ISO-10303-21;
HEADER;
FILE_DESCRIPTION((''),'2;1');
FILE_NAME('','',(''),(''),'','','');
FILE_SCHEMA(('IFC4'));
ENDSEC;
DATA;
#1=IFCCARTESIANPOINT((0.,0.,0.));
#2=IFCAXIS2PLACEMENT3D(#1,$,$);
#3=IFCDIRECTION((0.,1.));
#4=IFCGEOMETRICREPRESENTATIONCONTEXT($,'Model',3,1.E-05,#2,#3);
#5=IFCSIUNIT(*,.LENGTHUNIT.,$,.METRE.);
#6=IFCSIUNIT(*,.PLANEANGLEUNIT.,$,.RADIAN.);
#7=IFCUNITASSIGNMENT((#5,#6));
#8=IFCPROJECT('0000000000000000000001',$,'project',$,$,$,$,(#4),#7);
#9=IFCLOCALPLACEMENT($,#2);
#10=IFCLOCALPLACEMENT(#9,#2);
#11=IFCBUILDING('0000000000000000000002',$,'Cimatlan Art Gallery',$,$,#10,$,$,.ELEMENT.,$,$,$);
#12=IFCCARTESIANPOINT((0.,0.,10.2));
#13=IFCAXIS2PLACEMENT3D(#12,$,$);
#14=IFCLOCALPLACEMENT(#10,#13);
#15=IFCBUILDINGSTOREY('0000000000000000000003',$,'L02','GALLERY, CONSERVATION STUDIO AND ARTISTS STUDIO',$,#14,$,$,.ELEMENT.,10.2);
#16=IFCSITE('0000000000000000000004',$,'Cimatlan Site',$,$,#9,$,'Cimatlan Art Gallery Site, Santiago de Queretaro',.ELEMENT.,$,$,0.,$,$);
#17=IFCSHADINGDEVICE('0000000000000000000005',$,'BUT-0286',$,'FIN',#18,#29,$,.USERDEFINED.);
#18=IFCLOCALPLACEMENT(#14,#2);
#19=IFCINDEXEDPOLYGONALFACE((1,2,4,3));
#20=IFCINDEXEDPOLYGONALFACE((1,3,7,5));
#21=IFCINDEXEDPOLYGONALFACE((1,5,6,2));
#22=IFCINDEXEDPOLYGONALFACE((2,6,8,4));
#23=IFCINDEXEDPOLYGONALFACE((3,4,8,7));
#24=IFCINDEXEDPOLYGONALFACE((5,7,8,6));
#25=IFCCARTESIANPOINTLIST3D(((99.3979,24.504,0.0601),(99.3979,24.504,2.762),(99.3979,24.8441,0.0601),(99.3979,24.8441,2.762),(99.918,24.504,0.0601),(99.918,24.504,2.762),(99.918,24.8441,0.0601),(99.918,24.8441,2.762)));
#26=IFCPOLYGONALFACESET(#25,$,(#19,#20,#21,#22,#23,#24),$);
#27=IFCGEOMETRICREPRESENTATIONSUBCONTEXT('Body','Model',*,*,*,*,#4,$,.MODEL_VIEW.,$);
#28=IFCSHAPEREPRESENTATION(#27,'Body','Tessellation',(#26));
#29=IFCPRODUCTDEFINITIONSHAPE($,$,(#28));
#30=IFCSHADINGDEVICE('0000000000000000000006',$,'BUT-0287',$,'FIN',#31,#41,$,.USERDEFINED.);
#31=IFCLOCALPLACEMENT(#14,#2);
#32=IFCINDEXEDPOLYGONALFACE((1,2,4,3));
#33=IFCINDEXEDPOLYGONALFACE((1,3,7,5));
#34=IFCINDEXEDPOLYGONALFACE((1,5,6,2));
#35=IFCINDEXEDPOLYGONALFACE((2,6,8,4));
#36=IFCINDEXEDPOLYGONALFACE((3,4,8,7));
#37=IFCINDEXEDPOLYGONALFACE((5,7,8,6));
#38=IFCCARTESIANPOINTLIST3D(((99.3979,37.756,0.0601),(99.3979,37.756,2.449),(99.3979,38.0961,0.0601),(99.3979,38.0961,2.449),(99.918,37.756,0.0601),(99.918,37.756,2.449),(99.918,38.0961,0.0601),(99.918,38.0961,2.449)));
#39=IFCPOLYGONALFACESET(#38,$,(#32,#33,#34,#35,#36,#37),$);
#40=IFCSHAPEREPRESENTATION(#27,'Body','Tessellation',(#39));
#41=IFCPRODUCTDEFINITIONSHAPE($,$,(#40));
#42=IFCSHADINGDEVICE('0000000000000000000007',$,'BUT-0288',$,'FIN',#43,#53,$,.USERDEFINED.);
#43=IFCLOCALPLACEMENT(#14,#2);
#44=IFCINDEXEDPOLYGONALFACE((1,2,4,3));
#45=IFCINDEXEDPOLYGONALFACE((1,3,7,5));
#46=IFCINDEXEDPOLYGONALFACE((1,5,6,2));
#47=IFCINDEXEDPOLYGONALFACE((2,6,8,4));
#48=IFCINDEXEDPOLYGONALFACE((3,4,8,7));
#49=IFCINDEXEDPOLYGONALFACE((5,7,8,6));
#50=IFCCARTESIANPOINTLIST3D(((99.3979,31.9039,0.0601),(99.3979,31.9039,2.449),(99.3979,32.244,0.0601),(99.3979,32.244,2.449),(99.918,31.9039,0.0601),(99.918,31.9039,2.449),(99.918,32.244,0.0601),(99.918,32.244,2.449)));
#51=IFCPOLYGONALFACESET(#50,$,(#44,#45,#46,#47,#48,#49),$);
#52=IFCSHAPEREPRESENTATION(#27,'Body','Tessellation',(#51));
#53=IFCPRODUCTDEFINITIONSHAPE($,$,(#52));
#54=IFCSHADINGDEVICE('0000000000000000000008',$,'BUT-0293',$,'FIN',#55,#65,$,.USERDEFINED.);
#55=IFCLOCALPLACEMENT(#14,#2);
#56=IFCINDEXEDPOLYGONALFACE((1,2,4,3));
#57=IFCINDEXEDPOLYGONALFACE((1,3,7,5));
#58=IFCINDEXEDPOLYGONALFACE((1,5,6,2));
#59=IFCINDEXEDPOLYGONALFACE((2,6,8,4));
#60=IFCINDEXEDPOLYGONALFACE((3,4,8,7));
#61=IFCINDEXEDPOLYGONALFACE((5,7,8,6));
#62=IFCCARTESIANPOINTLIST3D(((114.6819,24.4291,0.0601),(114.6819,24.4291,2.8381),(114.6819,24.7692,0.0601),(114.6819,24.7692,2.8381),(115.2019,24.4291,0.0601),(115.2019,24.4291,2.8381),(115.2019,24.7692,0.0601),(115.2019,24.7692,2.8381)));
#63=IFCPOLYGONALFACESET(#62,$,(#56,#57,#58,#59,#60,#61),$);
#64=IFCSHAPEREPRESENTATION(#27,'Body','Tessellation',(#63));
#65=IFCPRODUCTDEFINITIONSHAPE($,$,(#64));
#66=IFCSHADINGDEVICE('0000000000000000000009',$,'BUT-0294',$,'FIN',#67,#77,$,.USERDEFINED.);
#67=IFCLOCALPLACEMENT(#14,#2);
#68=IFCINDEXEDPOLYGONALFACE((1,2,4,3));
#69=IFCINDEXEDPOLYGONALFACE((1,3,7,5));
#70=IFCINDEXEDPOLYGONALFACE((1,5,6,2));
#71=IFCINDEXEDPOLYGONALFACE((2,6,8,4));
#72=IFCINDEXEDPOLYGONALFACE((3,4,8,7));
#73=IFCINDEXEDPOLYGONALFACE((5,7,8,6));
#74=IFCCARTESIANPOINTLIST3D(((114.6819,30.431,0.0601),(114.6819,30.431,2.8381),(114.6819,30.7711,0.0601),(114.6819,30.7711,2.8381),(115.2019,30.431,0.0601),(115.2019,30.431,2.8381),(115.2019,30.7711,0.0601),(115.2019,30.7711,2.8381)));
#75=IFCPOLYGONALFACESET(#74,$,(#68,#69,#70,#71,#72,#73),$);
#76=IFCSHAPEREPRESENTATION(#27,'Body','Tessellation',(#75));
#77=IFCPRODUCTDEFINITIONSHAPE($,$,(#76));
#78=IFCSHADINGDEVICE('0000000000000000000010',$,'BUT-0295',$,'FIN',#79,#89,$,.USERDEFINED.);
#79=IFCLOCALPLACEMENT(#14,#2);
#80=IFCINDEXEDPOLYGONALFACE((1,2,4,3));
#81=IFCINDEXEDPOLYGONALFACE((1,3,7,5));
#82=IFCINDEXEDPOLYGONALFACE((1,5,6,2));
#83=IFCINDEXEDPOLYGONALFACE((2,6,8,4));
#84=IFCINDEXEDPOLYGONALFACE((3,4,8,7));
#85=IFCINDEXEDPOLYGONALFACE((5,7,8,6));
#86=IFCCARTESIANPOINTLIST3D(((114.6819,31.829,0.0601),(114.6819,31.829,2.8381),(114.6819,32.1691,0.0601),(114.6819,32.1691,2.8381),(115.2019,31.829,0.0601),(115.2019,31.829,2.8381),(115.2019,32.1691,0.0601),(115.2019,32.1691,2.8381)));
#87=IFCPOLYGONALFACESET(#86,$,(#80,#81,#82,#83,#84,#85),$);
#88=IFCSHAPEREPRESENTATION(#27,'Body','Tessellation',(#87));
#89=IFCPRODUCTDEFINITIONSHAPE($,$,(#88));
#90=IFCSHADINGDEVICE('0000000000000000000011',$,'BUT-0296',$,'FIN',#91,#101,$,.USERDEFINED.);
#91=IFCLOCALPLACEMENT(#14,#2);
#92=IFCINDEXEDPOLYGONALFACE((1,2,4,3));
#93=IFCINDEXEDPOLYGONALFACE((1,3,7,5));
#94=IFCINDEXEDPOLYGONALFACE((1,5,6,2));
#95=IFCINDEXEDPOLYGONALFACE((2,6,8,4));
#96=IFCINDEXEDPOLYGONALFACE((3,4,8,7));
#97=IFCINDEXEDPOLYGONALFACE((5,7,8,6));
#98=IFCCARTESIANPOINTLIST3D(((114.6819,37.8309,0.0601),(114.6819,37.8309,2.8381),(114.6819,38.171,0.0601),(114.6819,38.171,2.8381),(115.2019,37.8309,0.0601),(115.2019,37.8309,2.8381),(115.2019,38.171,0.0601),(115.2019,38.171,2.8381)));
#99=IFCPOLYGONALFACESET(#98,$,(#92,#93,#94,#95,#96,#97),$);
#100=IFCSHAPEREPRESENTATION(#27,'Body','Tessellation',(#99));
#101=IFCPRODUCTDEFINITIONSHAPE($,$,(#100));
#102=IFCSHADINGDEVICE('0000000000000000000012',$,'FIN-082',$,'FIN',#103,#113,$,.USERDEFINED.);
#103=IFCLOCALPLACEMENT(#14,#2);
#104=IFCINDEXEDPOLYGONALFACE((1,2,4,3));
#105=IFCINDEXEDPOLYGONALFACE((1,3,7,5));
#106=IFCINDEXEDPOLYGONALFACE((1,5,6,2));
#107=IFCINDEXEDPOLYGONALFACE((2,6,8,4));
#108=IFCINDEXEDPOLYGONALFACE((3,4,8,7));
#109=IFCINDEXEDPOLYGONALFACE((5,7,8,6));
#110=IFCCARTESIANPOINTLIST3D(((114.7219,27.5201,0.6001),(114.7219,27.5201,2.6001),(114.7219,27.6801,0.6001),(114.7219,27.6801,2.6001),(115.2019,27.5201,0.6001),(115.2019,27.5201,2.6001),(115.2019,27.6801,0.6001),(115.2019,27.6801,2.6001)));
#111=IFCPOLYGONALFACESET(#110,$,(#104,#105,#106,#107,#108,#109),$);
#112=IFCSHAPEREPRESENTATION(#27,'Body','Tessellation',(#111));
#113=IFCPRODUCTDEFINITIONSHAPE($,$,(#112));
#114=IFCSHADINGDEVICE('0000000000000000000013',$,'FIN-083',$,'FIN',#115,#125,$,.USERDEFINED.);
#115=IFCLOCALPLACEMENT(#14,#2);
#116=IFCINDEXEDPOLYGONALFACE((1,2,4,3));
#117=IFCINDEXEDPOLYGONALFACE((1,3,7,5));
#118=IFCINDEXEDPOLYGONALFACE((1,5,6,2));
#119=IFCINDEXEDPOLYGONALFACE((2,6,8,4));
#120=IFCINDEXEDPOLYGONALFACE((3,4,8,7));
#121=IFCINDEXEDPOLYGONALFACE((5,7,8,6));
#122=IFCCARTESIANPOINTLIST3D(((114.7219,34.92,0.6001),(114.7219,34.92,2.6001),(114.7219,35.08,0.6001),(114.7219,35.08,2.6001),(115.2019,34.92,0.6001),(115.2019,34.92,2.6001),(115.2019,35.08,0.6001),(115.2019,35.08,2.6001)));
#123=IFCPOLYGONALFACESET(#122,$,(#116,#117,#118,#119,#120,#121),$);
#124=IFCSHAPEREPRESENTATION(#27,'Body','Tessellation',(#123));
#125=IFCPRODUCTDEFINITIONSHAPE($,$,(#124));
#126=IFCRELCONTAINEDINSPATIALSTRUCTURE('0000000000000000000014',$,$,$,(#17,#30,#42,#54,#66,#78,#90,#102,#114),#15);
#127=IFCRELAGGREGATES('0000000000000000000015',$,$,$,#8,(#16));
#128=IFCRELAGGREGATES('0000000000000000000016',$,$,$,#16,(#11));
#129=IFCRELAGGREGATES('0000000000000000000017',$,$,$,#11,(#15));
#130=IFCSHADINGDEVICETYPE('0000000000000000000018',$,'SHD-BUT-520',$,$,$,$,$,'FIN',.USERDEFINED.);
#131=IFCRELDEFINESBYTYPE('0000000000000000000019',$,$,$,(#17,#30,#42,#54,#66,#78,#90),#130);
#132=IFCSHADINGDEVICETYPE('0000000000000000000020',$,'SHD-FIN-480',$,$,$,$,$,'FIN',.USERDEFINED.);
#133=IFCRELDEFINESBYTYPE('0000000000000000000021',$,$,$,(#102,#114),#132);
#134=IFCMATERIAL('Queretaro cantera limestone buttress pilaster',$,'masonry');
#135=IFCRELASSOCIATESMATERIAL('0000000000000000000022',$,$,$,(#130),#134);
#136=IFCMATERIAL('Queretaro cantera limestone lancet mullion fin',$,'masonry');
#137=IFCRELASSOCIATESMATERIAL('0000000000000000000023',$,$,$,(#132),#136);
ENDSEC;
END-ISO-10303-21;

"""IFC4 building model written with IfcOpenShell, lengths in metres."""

from ifc_helpers import new_model, si_unit, direction, frame, origin, origin_2d, place, context, subcontext, project, spatial, rectangle, extrude, material, type_object, element, save


model = new_model("IFC4")

# Units and contexts
model_context = context("Model", 3, precision=1e-05, world=origin(), true_north=direction((0.0, 1.0)))
body_context = subcontext(model_context, "Body", "Model", "MODEL_VIEW")
ifc_project = project(units=[si_unit("LENGTHUNIT", "METRE"), si_unit("PLANEANGLEUNIT", "RADIAN")], contexts=[model_context])

# Site, building, storey
site_placement = place(None, origin())
site = spatial("IfcSite", under=ifc_project, at=site_placement, Name="Cimatlan Site", LongName="Cimatlan Art Gallery Site, Santiago de Queretaro", CompositionType="ELEMENT", RefElevation=0.0)
building_placement = place(site_placement, origin())
building = spatial("IfcBuilding", under=site, at=building_placement, Name="Cimatlan Art Gallery", CompositionType="ELEMENT")
storey_placement = place(building_placement, frame((0.0, 0.0, 10.2)))
storey = spatial("IfcBuildingStorey", under=building, at=storey_placement, Name="L02", Description="GALLERY, CONSERVATION STUDIO AND ARTISTS STUDIO", CompositionType="ELEMENT", Elevation=10.2)

# Shading devices
ifc_material_1 = material(Name="Queretaro cantera limestone buttress pilaster", Category="masonry")
shading_device_type_1 = type_object("IfcShadingDeviceType", Name="SHD-BUT-520", ElementType="FIN", PredefinedType="USERDEFINED", material=ifc_material_1)
for number, where, z_axis, x_axis, name in (
    (1, (99.658, 24.6741, 0.0601), (0.0, 0.0, 1.0), (0.0, -1.0, 0.0), "BUT-0286"),
):
    element("IfcShadingDevice", number, at=place(storey_placement, frame(where, z_axis=z_axis, x_axis=x_axis)), inside=storey, type_object=shading_device_type_1, Name=name, ObjectType="FIN", PredefinedType="USERDEFINED", context=body_context, shape_type="SweptSolid", body=[
        extrude(rectangle(XDim=0.3401, YDim=0.52, at=origin_2d()), origin(), (0.0, 0.0, 1.0), 2.7019),
    ])
for number, where, z_axis, x_axis, name in (
    (2, (99.658, 37.926, 0.0601), (0.0, 0.0, 1.0), (0.0, -1.0, 0.0), "BUT-0287"),
    (3, (99.658, 32.074, 0.0601), (0.0, 0.0, 1.0), (0.0, -1.0, 0.0), "BUT-0288"),
):
    element("IfcShadingDevice", number, at=place(storey_placement, frame(where, z_axis=z_axis, x_axis=x_axis)), inside=storey, type_object=shading_device_type_1, Name=name, ObjectType="FIN", PredefinedType="USERDEFINED", context=body_context, shape_type="SweptSolid", body=[
        extrude(rectangle(XDim=0.3401, YDim=0.52, at=origin_2d()), origin(), (0.0, 0.0, 1.0), 2.3889),
    ])
for number, where, z_axis, x_axis, name in (
    (4, (114.9419, 24.5991, 0.0601), (0.0, 0.0, 1.0), (0.0, 1.0, 0.0), "BUT-0293"),
    (5, (114.9419, 30.6011, 0.0601), (0.0, 0.0, 1.0), (0.0, 1.0, 0.0), "BUT-0294"),
    (6, (114.9419, 31.999, 0.0601), (0.0, 0.0, 1.0), (0.0, 1.0, 0.0), "BUT-0295"),
    (7, (114.9419, 38.001, 0.0601), (0.0, 0.0, 1.0), (0.0, 1.0, 0.0), "BUT-0296"),
):
    element("IfcShadingDevice", number, at=place(storey_placement, frame(where, z_axis=z_axis, x_axis=x_axis)), inside=storey, type_object=shading_device_type_1, Name=name, ObjectType="FIN", PredefinedType="USERDEFINED", context=body_context, shape_type="SweptSolid", body=[
        extrude(rectangle(XDim=0.3401, YDim=0.52, at=origin_2d()), origin(), (0.0, 0.0, 1.0), 2.7781),
    ])
ifc_material_2 = material(Name="Queretaro cantera limestone lancet mullion fin", Category="masonry")
shading_device_type_2 = type_object("IfcShadingDeviceType", Name="SHD-FIN-480", ElementType="FIN", PredefinedType="USERDEFINED", material=ifc_material_2)
for number, where, z_axis, x_axis, name in (
    (8, (114.9619, 27.6001, 0.6001), (0.0, 0.0, 1.0), (0.0, 1.0, 0.0), "FIN-082"),
    (9, (114.9619, 35.0, 0.6001), (0.0, 0.0, 1.0), (0.0, 1.0, 0.0), "FIN-083"),
):
    element("IfcShadingDevice", number, at=place(storey_placement, frame(where, z_axis=z_axis, x_axis=x_axis)), inside=storey, type_object=shading_device_type_2, Name=name, ObjectType="FIN", PredefinedType="USERDEFINED", context=body_context, shape_type="SweptSolid", body=[
        extrude(rectangle(XDim=0.1599, YDim=0.48, at=origin_2d()), origin(), (0.0, 0.0, 1.0), 2.0),
    ])

save(model, "model.ifc")
